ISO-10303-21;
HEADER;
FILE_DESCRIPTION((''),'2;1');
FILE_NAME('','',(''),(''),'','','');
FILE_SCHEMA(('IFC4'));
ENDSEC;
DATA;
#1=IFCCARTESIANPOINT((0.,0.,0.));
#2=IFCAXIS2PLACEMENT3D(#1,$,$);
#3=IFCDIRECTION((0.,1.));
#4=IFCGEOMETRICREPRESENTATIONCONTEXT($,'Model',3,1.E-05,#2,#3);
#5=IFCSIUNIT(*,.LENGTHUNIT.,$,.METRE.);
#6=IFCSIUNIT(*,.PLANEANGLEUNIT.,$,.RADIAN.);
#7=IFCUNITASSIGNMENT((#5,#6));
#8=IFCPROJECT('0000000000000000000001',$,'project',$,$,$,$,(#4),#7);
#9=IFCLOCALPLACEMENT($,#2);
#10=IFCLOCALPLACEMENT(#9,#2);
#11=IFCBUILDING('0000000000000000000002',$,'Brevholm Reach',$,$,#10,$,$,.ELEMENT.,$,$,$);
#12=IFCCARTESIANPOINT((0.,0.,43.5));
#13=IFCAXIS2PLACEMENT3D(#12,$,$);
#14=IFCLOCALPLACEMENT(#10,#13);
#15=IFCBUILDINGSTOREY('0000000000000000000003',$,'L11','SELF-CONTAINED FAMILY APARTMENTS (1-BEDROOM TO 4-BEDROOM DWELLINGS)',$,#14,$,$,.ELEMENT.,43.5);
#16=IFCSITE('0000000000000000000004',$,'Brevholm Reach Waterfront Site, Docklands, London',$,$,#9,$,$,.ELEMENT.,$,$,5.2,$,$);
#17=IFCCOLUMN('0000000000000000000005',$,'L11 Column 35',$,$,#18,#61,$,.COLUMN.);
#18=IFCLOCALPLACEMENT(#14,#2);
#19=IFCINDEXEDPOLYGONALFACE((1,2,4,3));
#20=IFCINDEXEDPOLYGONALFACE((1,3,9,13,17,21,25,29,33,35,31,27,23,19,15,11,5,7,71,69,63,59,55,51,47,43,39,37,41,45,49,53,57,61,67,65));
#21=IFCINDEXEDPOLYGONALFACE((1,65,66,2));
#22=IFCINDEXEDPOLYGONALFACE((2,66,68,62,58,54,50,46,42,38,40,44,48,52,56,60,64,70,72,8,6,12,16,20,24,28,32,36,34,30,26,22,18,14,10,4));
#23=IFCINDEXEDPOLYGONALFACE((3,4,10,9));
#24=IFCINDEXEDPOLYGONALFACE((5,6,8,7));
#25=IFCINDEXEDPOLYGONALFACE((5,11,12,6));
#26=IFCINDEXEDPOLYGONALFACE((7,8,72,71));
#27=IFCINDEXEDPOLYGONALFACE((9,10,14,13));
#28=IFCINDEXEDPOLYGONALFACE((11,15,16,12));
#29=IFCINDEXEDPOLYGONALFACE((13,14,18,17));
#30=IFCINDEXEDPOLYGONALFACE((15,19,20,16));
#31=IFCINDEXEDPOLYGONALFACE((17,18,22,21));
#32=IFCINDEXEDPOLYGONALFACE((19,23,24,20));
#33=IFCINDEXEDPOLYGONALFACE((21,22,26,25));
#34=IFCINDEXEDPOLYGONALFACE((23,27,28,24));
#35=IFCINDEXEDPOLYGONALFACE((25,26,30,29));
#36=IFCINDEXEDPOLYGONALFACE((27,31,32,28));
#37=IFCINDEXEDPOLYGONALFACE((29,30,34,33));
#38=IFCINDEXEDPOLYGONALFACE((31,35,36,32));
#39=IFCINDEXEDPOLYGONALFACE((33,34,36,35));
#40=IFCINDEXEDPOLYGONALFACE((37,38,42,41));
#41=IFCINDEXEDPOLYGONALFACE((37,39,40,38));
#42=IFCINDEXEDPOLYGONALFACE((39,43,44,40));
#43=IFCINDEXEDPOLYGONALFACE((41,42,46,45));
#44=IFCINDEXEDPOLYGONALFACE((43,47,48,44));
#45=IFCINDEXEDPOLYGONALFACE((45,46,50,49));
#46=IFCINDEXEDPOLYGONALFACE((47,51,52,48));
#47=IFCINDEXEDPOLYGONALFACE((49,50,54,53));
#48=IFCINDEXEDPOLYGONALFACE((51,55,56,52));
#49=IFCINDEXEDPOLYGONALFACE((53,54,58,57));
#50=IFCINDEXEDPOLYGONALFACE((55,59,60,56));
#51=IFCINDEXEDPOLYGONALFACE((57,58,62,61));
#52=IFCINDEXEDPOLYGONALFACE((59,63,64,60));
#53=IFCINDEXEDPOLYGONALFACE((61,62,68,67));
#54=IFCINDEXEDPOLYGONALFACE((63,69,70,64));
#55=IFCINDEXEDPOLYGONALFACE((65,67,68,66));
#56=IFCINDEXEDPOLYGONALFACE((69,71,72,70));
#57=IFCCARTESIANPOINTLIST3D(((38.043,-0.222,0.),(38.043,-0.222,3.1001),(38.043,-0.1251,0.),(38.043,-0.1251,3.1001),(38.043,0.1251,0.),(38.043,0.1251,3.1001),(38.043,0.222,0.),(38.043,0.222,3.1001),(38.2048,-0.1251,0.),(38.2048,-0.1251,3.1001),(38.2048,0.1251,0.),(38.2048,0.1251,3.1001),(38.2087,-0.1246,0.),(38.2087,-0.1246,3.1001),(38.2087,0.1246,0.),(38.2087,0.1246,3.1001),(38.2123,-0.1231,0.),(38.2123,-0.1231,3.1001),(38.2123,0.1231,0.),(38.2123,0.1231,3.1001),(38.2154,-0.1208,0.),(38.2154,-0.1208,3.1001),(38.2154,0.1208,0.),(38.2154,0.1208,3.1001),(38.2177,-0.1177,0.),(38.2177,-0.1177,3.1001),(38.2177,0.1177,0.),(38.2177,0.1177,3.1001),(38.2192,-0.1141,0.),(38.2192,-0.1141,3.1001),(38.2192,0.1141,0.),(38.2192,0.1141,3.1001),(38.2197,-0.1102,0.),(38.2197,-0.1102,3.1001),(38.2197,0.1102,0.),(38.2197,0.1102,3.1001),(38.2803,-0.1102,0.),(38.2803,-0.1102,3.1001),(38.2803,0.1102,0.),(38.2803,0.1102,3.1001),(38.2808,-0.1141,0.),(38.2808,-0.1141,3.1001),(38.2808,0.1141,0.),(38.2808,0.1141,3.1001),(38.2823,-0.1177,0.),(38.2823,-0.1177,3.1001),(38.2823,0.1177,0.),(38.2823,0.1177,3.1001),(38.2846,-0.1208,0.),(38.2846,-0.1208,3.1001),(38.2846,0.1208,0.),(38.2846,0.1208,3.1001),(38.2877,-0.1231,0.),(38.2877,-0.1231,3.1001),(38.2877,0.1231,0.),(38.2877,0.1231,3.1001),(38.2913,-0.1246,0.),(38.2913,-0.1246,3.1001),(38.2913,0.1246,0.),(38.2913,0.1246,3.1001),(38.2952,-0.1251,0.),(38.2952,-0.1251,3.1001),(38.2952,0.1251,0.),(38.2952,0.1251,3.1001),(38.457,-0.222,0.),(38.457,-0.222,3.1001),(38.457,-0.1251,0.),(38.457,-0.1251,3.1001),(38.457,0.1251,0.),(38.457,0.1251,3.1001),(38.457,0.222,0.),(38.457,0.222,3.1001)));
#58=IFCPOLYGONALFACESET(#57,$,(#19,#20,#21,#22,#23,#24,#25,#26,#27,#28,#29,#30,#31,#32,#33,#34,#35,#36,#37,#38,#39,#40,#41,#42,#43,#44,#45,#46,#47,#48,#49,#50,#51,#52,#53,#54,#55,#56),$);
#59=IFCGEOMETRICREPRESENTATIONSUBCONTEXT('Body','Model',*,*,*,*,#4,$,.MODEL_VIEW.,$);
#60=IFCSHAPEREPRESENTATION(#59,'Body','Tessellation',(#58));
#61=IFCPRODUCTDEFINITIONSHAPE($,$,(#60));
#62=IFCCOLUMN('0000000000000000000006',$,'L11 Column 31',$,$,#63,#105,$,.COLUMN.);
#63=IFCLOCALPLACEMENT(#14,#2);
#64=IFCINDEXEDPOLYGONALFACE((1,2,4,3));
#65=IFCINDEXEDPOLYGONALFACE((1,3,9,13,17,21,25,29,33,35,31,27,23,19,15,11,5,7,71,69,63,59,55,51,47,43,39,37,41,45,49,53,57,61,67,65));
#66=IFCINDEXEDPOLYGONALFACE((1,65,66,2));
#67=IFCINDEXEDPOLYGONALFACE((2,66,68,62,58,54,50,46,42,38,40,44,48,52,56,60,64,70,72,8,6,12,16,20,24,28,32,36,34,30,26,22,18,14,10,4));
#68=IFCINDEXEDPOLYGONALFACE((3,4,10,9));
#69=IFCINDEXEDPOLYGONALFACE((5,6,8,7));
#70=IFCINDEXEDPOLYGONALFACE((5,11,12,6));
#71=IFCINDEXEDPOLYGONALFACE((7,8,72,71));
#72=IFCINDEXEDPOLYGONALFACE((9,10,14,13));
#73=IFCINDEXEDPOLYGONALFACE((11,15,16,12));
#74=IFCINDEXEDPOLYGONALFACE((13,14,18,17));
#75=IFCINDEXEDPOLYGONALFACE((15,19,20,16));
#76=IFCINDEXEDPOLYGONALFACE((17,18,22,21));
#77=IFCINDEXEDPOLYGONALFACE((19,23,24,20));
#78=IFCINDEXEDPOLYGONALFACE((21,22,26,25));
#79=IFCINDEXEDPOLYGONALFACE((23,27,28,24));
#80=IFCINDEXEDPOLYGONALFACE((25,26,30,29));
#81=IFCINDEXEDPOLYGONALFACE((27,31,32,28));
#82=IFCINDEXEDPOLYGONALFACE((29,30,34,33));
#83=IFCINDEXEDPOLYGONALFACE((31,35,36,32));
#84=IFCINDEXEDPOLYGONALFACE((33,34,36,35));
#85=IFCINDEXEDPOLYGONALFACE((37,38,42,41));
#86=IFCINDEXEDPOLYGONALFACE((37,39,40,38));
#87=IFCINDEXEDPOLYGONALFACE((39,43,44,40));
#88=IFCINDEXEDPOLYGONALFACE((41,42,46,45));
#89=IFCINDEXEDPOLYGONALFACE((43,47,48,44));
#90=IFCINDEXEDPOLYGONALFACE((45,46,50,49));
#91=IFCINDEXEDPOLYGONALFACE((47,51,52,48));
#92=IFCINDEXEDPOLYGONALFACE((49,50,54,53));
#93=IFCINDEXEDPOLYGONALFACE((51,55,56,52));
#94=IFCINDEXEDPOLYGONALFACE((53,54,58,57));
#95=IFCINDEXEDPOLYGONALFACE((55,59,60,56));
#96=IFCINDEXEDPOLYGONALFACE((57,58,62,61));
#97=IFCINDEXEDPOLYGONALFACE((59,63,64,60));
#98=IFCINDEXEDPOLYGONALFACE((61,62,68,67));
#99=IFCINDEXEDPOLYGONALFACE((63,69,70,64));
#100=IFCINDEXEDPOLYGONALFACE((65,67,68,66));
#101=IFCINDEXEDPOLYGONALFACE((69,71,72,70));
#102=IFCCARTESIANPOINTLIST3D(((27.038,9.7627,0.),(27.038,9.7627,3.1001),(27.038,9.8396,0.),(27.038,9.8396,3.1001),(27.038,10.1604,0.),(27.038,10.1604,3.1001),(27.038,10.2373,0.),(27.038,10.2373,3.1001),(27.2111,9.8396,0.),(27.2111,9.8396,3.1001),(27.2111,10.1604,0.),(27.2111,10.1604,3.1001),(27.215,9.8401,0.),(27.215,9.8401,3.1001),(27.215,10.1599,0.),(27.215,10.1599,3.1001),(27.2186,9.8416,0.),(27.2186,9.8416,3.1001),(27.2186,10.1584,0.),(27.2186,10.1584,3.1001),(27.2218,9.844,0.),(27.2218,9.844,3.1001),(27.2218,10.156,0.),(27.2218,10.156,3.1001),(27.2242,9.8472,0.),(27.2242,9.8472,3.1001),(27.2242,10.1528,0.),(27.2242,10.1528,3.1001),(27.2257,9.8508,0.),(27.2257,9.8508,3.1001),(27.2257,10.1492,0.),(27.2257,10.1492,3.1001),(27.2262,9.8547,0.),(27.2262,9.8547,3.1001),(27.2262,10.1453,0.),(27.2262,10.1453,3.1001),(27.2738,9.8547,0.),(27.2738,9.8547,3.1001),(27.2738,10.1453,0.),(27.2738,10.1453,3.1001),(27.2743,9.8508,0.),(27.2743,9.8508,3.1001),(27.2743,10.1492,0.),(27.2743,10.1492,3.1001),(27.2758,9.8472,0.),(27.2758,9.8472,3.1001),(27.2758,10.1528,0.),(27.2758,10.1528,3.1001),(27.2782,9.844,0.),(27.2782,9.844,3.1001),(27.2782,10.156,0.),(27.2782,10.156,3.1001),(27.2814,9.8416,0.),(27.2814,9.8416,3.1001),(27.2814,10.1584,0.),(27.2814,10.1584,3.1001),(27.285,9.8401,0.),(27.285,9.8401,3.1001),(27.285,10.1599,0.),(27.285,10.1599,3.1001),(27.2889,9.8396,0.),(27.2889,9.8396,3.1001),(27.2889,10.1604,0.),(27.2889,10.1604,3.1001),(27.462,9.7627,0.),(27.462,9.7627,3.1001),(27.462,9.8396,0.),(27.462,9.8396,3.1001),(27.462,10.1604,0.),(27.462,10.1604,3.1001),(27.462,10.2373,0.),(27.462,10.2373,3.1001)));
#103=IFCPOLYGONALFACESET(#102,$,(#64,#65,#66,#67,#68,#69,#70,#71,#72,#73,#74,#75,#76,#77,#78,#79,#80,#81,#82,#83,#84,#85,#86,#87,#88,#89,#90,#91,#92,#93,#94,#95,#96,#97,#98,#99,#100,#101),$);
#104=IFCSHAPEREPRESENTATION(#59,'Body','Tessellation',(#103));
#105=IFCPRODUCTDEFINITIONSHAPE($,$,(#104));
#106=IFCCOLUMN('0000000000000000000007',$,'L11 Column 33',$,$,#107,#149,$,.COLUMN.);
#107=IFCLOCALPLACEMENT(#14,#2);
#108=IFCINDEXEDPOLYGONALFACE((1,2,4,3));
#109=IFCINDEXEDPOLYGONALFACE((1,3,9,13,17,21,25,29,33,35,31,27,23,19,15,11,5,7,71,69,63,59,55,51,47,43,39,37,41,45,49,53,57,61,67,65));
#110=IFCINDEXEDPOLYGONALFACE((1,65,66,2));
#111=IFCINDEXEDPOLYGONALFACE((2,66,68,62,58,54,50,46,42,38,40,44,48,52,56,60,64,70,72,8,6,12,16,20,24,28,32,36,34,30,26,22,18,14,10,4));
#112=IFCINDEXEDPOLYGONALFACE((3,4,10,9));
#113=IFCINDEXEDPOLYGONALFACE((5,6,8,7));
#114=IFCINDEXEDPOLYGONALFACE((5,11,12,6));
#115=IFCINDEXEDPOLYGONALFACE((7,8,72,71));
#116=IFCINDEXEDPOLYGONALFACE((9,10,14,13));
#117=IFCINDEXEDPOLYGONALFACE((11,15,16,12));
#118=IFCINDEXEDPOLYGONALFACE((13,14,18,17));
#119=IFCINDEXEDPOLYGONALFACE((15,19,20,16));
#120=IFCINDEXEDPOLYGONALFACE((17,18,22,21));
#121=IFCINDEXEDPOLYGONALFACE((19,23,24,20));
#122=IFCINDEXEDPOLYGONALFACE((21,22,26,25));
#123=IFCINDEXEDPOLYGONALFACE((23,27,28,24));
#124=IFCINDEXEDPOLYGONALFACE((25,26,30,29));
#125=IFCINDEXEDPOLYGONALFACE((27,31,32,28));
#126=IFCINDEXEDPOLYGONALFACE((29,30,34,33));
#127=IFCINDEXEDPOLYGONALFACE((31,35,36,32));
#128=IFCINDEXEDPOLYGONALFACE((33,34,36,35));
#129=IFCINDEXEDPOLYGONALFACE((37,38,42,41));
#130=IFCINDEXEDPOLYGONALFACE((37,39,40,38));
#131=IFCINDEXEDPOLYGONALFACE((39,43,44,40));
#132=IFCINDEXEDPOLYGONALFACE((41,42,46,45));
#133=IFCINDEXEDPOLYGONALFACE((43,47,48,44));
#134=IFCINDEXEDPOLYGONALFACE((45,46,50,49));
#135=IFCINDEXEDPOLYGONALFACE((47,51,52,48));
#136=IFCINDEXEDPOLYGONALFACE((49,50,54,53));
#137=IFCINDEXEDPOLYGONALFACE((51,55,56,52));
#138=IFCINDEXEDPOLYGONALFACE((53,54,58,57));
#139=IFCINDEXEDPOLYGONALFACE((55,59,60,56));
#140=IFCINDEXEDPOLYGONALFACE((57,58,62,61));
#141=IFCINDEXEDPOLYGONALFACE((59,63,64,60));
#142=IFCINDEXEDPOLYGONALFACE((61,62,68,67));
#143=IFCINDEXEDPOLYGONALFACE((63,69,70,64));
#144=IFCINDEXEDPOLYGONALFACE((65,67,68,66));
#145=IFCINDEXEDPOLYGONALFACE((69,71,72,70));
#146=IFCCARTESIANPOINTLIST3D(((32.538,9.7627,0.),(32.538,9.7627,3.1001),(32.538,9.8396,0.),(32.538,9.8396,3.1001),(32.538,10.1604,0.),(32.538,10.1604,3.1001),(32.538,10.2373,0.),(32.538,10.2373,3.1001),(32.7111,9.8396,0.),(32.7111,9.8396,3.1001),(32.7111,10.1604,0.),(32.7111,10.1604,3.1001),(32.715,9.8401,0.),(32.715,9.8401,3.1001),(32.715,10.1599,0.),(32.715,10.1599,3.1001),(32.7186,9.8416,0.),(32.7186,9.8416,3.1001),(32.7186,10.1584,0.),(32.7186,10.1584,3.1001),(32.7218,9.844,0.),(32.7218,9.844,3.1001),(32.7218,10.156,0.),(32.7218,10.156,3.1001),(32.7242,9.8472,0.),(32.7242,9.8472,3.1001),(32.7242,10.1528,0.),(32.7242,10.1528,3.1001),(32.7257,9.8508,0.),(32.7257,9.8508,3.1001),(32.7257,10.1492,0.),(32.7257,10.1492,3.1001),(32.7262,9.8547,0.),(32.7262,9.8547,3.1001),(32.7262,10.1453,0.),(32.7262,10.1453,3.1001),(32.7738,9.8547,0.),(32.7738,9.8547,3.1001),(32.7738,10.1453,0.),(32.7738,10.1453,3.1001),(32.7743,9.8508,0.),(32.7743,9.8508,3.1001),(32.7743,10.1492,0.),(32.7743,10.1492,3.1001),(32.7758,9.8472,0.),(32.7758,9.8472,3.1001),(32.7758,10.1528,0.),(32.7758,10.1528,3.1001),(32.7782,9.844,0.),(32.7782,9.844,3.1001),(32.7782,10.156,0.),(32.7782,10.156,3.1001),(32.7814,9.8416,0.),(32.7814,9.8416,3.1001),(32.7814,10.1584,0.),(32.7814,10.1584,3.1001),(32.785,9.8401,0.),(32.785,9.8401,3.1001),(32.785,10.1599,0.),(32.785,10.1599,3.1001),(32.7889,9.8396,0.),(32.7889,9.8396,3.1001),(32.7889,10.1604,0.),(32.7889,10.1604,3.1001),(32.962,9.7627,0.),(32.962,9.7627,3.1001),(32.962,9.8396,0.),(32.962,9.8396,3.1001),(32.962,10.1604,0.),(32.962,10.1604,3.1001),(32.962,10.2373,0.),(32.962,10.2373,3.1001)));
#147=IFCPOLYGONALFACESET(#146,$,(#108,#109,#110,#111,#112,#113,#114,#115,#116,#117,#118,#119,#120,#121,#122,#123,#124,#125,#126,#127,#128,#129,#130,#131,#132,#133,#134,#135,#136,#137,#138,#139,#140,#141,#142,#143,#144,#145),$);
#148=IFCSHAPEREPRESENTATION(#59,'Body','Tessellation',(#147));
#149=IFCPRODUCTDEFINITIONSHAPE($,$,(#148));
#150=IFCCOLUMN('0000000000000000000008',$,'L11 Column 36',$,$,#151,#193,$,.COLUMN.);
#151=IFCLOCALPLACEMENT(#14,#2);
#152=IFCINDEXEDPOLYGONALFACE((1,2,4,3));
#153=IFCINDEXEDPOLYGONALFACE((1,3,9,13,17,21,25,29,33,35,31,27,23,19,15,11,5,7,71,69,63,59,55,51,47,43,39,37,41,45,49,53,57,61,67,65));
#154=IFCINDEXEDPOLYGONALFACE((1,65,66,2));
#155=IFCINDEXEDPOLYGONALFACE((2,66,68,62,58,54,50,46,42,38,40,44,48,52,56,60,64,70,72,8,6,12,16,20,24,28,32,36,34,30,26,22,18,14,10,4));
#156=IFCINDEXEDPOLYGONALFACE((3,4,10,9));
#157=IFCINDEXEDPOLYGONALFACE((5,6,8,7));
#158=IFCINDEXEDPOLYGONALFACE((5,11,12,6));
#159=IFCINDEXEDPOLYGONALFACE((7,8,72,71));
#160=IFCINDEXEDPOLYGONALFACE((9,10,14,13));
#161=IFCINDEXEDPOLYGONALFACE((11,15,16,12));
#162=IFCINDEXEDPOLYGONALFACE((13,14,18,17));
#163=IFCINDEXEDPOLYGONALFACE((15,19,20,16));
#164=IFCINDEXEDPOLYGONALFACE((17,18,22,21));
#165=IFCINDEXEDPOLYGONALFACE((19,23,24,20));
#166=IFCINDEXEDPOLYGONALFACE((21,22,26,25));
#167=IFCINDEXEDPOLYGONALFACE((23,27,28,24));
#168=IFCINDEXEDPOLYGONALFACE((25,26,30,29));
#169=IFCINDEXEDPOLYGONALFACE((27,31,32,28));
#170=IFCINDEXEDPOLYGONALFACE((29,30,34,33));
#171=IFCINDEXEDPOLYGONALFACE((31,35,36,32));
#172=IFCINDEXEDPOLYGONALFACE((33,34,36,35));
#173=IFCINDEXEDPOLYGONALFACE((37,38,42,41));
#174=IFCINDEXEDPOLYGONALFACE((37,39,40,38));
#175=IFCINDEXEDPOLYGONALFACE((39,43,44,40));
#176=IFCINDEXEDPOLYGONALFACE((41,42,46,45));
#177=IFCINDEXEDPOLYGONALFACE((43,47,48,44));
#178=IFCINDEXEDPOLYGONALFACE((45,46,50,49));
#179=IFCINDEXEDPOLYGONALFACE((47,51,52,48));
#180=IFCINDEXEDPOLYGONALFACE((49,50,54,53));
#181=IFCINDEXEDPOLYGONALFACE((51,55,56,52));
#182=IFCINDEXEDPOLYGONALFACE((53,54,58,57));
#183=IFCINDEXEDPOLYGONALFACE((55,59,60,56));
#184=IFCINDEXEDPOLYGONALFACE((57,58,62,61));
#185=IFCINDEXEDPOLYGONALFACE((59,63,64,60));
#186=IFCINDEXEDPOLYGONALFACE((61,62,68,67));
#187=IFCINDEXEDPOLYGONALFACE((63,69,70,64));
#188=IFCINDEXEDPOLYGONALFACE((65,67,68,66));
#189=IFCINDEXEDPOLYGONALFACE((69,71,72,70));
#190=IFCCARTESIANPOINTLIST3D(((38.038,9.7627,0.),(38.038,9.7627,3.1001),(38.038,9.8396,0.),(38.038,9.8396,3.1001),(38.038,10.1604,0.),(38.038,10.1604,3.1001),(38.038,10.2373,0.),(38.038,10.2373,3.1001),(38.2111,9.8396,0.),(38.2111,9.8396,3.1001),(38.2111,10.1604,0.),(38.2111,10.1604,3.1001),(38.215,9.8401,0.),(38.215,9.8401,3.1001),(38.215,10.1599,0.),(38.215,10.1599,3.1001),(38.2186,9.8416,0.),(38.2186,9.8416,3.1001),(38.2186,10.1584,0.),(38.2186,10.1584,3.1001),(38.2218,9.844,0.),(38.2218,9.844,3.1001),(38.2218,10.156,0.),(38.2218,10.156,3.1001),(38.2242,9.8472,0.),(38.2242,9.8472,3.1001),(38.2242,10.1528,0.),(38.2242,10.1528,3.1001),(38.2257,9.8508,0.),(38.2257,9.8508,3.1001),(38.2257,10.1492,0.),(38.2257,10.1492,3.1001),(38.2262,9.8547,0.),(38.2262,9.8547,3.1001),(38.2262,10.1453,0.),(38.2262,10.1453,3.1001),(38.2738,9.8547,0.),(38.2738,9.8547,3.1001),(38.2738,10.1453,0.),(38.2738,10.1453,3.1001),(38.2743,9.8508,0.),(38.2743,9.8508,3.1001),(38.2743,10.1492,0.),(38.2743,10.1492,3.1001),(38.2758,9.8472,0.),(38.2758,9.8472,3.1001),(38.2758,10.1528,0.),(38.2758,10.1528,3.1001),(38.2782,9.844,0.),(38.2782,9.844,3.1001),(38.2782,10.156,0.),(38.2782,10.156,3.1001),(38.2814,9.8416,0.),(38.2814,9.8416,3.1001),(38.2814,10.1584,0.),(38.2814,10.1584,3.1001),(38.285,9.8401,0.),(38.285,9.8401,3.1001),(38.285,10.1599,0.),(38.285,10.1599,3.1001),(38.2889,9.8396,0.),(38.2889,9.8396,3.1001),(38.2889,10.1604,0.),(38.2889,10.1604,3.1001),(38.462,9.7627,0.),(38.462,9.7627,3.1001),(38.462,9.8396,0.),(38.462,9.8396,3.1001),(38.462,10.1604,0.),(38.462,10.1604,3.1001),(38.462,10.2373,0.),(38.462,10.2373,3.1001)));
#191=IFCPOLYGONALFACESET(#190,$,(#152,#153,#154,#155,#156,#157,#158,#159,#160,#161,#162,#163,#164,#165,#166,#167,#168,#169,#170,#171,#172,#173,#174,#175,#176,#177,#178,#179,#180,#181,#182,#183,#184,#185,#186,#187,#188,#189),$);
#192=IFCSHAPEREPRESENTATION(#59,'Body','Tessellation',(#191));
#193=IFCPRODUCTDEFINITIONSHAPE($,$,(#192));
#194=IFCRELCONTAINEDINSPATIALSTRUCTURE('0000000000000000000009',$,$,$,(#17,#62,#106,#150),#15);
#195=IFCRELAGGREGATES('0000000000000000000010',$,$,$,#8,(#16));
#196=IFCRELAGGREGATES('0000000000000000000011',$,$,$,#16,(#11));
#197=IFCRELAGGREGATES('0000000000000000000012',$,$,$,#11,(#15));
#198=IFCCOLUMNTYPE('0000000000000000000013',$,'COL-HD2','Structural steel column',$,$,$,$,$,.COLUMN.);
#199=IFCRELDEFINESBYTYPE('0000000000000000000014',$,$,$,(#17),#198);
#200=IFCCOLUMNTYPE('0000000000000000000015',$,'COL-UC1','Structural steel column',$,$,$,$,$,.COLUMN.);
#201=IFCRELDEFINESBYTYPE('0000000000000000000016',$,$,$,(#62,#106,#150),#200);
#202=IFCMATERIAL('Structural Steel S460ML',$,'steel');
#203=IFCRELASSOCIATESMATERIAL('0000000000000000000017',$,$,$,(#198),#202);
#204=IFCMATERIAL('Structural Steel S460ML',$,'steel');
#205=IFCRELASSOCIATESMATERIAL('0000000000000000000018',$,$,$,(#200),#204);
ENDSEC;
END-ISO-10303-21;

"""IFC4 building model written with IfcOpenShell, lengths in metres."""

from ifc_helpers import new_model, si_unit, direction, frame, origin, origin_2d, place, context, subcontext, project, spatial, i_section, extrude, material, material_profile, profile_set, type_object, element, save


model = new_model("IFC4")

# Units and contexts
model_context = context("Model", 3, precision=1e-05, world=origin(), true_north=direction((0.0, 1.0)))
body_context = subcontext(model_context, "Body", "Model", "MODEL_VIEW")
ifc_project = project(units=[si_unit("LENGTHUNIT", "METRE"), si_unit("PLANEANGLEUNIT", "RADIAN")], contexts=[model_context])

# Site, building, storey
site_placement = place(None, origin())
site = spatial("IfcSite", under=ifc_project, at=site_placement, Name="Brevholm Reach Waterfront Site, Docklands, London", CompositionType="ELEMENT", RefElevation=5.2)
building_placement = place(site_placement, origin())
building = spatial("IfcBuilding", under=site, at=building_placement, Name="Brevholm Reach", CompositionType="ELEMENT")
storey_placement = place(building_placement, frame((0.0, 0.0, 43.5)))
storey = spatial("IfcBuildingStorey", under=building, at=storey_placement, Name="L11", Description="SELF-CONTAINED FAMILY APARTMENTS (1-BEDROOM TO 4-BEDROOM DWELLINGS)", CompositionType="ELEMENT", Elevation=43.5)

# Columns
ifc_material_1 = material(Name="Structural Steel S460ML", Category="steel")
ifc_material_profile_1 = material_profile(ifc_material_1, i_section(OverallWidth=0.4141, OverallDepth=0.4441, WebThickness=0.0605, FlangeThickness=0.0969, FilletRadius=0.0149, at=origin_2d()), Name="HD 400x818")
ifc_profile_set_1 = profile_set([ifc_material_profile_1], Name="Structural Steel S460ML")
column_type_1 = type_object("IfcColumnType", Name="COL-HD2", Description="Structural steel column", PredefinedType="COLUMN", material=ifc_profile_set_1)
column_placement = place(storey_placement, frame((38.25, 0.0, 0.0), z_axis=(0.0, 0.0, 1.0), x_axis=(1.0, 0.0, 0.0)))
element("IfcColumn", 1, at=column_placement, inside=storey, type_object=column_type_1, Name="L11 Column 35", PredefinedType="COLUMN", context=body_context, shape_type="SweptSolid", body=[
    extrude(i_section(OverallWidth=0.4141, OverallDepth=0.4441, WebThickness=0.0605, FlangeThickness=0.0969, FilletRadius=0.0149, at=origin_2d()), origin(), (0.0, 0.0, 1.0), 3.1001),
])
ifc_material_2 = material(Name="Structural Steel S460ML", Category="steel")
ifc_material_profile_2 = material_profile(ifc_material_2, i_section(OverallWidth=0.4241, OverallDepth=0.4746, WebThickness=0.0476, FlangeThickness=0.0769, FilletRadius=0.0151, at=origin_2d()), Name="UKC 356x406x634")
ifc_profile_set_2 = profile_set([ifc_material_profile_2], Name="Structural Steel S460ML")
column_type_2 = type_object("IfcColumnType", Name="COL-UC1", Description="Structural steel column", PredefinedType="COLUMN", material=ifc_profile_set_2)
for number, where, z_axis, x_axis, name in (
    (2, (27.25, 10.0, 0.0), (0.0, 0.0, 1.0), (1.0, 0.0, 0.0), "L11 Column 31"),
    (3, (32.75, 10.0, 0.0), (0.0, 0.0, 1.0), (1.0, 0.0, 0.0), "L11 Column 33"),
    (4, (38.25, 10.0, 0.0), (0.0, 0.0, 1.0), (1.0, 0.0, 0.0), "L11 Column 36"),
):
    element("IfcColumn", number, at=place(storey_placement, frame(where, z_axis=z_axis, x_axis=x_axis)), inside=storey, type_object=column_type_2, Name=name, PredefinedType="COLUMN", context=body_context, shape_type="SweptSolid", body=[
        extrude(i_section(OverallWidth=0.4241, OverallDepth=0.4746, WebThickness=0.0476, FlangeThickness=0.0769, FilletRadius=0.0151, at=origin_2d()), origin(), (0.0, 0.0, 1.0), 3.1001),
    ])

save(model, "model.ifc")
